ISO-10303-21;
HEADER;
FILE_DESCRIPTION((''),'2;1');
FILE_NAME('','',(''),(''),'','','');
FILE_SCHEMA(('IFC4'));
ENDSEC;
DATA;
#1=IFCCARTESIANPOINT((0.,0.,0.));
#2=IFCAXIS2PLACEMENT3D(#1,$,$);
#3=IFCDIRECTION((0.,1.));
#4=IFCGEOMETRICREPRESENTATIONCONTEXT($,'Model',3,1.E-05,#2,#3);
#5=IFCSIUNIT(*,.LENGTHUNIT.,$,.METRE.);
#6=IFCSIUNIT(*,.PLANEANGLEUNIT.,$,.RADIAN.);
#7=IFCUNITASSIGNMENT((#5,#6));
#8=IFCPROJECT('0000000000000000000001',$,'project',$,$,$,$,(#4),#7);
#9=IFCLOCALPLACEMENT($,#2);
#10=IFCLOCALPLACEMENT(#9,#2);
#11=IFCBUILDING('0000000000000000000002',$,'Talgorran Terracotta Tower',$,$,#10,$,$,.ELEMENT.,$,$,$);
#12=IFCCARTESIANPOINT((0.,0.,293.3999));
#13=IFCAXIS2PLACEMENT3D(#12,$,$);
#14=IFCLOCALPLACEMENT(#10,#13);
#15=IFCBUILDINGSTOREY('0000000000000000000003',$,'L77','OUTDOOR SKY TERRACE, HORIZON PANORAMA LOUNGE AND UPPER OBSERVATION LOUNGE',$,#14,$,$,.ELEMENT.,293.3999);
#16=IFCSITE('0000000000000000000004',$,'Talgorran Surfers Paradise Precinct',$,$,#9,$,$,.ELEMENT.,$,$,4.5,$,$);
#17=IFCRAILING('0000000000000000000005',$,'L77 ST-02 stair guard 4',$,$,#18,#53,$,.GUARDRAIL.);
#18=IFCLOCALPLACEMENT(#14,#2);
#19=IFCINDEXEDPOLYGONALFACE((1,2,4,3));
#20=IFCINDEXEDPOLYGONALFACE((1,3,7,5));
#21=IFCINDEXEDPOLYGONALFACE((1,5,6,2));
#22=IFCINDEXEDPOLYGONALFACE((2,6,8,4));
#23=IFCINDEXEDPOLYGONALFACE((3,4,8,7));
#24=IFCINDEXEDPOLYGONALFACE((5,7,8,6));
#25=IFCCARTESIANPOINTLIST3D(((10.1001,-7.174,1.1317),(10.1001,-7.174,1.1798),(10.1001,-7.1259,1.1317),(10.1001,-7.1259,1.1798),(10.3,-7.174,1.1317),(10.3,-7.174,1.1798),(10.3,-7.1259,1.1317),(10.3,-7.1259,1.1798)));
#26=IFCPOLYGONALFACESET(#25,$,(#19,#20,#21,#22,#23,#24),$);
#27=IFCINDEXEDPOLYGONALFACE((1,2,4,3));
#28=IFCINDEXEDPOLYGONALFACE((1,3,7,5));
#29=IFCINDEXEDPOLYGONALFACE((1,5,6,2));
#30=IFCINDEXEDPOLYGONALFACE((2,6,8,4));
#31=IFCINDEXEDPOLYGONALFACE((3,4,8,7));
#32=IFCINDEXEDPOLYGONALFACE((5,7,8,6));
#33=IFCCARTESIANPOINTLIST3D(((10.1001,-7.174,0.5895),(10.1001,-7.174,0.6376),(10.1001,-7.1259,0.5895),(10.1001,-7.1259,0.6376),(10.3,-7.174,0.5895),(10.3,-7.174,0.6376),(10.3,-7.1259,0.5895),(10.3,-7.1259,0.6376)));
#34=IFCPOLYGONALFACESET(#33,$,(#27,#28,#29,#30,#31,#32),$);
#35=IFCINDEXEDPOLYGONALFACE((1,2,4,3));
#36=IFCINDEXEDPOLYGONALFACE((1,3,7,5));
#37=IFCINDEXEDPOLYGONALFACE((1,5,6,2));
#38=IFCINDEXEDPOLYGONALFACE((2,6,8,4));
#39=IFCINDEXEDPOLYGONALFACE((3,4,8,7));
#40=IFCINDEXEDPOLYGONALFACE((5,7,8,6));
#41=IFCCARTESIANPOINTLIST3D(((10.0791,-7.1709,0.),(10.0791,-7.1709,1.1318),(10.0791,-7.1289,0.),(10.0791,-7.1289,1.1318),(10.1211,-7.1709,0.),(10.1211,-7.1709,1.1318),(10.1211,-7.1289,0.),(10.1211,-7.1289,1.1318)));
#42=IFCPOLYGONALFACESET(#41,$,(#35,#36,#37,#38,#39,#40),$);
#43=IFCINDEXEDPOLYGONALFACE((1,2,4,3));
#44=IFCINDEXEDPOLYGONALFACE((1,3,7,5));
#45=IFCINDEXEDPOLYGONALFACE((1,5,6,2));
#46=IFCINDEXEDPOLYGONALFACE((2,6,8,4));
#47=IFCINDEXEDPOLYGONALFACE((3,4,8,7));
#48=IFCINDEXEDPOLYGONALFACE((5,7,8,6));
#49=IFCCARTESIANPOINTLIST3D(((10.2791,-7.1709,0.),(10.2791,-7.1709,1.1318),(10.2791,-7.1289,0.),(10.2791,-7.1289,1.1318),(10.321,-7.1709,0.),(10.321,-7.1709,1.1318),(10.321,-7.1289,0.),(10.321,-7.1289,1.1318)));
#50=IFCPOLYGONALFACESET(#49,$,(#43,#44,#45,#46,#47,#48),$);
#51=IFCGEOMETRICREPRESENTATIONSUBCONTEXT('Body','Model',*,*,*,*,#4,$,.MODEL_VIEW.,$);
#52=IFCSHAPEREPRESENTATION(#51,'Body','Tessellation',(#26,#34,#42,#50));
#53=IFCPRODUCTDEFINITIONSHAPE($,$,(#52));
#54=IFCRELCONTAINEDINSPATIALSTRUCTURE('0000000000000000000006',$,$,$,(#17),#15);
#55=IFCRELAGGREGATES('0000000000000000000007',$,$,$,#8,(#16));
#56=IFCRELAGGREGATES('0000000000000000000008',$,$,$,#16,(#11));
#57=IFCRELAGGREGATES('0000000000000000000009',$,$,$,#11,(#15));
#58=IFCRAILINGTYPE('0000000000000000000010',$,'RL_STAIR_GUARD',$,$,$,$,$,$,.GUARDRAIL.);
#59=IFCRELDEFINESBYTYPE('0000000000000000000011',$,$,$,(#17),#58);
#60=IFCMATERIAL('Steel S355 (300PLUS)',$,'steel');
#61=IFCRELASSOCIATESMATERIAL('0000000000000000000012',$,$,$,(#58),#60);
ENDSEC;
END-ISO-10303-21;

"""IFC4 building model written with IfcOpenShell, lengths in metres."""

from ifc_helpers import new_model, si_unit, direction, frame, origin, origin_2d, place, context, subcontext, project, spatial, rectangle, extrude, material, type_object, element, save


model = new_model("IFC4")

# Units and contexts
model_context = context("Model", 3, precision=1e-05, world=origin(), true_north=direction((0.0, 1.0)))
body_context = subcontext(model_context, "Body", "Model", "MODEL_VIEW")
ifc_project = project(units=[si_unit("LENGTHUNIT", "METRE"), si_unit("PLANEANGLEUNIT", "RADIAN")], contexts=[model_context])

# Site, building, storey
site_placement = place(None, origin())
site = spatial("IfcSite", under=ifc_project, at=site_placement, Name="Talgorran Surfers Paradise Precinct", CompositionType="ELEMENT", RefElevation=4.5)
building_placement = place(site_placement, origin())
building = spatial("IfcBuilding", under=site, at=building_placement, Name="Talgorran Terracotta Tower", CompositionType="ELEMENT")
storey_placement = place(building_placement, frame((0.0, 0.0, 293.3999)))
storey = spatial("IfcBuildingStorey", under=building, at=storey_placement, Name="L77", Description="OUTDOOR SKY TERRACE, HORIZON PANORAMA LOUNGE AND UPPER OBSERVATION LOUNGE", CompositionType="ELEMENT", Elevation=293.3999)

# Shared definitions
ifc_material_1 = material(Name="Steel S355 (300PLUS)", Category="steel")

# Railing
railing_type_1 = type_object("IfcRailingType", Name="RL_STAIR_GUARD", PredefinedType="GUARDRAIL", material=ifc_material_1)
railing_1_placement = place(storey_placement, frame((10.1001, -7.1499, 0.0)))
element("IfcRailing", 1, at=railing_1_placement, inside=storey, type_object=railing_type_1, Name="L77 ST-02 stair guard 4", PredefinedType="GUARDRAIL", context=body_context, shape_type="SweptSolid", body=[
    extrude(rectangle(XDim=0.0481, YDim=0.0481, at=origin_2d()), frame((0.0, 0.0, 1.1558), z_axis=(1.0, 0.0, 0.0), x_axis=(0.0, 1.0, 0.0)), (0.0, 0.0, 1.0), 0.2),
    extrude(rectangle(XDim=0.0481, YDim=0.0481, at=origin_2d()), frame((0.0, 0.0, 0.6135), z_axis=(1.0, 0.0, 0.0), x_axis=(0.0, 1.0, 0.0)), (0.0, 0.0, 1.0), 0.2),
    extrude(rectangle(XDim=0.042, YDim=0.042, at=origin_2d()), origin(), (0.0, 0.0, 1.0), 1.1318),
    extrude(rectangle(XDim=0.042, YDim=0.042, at=origin_2d()), frame((0.2, 0.0, 0.0)), (0.0, 0.0, 1.0), 1.1318),
])

save(model, "model.ifc")
